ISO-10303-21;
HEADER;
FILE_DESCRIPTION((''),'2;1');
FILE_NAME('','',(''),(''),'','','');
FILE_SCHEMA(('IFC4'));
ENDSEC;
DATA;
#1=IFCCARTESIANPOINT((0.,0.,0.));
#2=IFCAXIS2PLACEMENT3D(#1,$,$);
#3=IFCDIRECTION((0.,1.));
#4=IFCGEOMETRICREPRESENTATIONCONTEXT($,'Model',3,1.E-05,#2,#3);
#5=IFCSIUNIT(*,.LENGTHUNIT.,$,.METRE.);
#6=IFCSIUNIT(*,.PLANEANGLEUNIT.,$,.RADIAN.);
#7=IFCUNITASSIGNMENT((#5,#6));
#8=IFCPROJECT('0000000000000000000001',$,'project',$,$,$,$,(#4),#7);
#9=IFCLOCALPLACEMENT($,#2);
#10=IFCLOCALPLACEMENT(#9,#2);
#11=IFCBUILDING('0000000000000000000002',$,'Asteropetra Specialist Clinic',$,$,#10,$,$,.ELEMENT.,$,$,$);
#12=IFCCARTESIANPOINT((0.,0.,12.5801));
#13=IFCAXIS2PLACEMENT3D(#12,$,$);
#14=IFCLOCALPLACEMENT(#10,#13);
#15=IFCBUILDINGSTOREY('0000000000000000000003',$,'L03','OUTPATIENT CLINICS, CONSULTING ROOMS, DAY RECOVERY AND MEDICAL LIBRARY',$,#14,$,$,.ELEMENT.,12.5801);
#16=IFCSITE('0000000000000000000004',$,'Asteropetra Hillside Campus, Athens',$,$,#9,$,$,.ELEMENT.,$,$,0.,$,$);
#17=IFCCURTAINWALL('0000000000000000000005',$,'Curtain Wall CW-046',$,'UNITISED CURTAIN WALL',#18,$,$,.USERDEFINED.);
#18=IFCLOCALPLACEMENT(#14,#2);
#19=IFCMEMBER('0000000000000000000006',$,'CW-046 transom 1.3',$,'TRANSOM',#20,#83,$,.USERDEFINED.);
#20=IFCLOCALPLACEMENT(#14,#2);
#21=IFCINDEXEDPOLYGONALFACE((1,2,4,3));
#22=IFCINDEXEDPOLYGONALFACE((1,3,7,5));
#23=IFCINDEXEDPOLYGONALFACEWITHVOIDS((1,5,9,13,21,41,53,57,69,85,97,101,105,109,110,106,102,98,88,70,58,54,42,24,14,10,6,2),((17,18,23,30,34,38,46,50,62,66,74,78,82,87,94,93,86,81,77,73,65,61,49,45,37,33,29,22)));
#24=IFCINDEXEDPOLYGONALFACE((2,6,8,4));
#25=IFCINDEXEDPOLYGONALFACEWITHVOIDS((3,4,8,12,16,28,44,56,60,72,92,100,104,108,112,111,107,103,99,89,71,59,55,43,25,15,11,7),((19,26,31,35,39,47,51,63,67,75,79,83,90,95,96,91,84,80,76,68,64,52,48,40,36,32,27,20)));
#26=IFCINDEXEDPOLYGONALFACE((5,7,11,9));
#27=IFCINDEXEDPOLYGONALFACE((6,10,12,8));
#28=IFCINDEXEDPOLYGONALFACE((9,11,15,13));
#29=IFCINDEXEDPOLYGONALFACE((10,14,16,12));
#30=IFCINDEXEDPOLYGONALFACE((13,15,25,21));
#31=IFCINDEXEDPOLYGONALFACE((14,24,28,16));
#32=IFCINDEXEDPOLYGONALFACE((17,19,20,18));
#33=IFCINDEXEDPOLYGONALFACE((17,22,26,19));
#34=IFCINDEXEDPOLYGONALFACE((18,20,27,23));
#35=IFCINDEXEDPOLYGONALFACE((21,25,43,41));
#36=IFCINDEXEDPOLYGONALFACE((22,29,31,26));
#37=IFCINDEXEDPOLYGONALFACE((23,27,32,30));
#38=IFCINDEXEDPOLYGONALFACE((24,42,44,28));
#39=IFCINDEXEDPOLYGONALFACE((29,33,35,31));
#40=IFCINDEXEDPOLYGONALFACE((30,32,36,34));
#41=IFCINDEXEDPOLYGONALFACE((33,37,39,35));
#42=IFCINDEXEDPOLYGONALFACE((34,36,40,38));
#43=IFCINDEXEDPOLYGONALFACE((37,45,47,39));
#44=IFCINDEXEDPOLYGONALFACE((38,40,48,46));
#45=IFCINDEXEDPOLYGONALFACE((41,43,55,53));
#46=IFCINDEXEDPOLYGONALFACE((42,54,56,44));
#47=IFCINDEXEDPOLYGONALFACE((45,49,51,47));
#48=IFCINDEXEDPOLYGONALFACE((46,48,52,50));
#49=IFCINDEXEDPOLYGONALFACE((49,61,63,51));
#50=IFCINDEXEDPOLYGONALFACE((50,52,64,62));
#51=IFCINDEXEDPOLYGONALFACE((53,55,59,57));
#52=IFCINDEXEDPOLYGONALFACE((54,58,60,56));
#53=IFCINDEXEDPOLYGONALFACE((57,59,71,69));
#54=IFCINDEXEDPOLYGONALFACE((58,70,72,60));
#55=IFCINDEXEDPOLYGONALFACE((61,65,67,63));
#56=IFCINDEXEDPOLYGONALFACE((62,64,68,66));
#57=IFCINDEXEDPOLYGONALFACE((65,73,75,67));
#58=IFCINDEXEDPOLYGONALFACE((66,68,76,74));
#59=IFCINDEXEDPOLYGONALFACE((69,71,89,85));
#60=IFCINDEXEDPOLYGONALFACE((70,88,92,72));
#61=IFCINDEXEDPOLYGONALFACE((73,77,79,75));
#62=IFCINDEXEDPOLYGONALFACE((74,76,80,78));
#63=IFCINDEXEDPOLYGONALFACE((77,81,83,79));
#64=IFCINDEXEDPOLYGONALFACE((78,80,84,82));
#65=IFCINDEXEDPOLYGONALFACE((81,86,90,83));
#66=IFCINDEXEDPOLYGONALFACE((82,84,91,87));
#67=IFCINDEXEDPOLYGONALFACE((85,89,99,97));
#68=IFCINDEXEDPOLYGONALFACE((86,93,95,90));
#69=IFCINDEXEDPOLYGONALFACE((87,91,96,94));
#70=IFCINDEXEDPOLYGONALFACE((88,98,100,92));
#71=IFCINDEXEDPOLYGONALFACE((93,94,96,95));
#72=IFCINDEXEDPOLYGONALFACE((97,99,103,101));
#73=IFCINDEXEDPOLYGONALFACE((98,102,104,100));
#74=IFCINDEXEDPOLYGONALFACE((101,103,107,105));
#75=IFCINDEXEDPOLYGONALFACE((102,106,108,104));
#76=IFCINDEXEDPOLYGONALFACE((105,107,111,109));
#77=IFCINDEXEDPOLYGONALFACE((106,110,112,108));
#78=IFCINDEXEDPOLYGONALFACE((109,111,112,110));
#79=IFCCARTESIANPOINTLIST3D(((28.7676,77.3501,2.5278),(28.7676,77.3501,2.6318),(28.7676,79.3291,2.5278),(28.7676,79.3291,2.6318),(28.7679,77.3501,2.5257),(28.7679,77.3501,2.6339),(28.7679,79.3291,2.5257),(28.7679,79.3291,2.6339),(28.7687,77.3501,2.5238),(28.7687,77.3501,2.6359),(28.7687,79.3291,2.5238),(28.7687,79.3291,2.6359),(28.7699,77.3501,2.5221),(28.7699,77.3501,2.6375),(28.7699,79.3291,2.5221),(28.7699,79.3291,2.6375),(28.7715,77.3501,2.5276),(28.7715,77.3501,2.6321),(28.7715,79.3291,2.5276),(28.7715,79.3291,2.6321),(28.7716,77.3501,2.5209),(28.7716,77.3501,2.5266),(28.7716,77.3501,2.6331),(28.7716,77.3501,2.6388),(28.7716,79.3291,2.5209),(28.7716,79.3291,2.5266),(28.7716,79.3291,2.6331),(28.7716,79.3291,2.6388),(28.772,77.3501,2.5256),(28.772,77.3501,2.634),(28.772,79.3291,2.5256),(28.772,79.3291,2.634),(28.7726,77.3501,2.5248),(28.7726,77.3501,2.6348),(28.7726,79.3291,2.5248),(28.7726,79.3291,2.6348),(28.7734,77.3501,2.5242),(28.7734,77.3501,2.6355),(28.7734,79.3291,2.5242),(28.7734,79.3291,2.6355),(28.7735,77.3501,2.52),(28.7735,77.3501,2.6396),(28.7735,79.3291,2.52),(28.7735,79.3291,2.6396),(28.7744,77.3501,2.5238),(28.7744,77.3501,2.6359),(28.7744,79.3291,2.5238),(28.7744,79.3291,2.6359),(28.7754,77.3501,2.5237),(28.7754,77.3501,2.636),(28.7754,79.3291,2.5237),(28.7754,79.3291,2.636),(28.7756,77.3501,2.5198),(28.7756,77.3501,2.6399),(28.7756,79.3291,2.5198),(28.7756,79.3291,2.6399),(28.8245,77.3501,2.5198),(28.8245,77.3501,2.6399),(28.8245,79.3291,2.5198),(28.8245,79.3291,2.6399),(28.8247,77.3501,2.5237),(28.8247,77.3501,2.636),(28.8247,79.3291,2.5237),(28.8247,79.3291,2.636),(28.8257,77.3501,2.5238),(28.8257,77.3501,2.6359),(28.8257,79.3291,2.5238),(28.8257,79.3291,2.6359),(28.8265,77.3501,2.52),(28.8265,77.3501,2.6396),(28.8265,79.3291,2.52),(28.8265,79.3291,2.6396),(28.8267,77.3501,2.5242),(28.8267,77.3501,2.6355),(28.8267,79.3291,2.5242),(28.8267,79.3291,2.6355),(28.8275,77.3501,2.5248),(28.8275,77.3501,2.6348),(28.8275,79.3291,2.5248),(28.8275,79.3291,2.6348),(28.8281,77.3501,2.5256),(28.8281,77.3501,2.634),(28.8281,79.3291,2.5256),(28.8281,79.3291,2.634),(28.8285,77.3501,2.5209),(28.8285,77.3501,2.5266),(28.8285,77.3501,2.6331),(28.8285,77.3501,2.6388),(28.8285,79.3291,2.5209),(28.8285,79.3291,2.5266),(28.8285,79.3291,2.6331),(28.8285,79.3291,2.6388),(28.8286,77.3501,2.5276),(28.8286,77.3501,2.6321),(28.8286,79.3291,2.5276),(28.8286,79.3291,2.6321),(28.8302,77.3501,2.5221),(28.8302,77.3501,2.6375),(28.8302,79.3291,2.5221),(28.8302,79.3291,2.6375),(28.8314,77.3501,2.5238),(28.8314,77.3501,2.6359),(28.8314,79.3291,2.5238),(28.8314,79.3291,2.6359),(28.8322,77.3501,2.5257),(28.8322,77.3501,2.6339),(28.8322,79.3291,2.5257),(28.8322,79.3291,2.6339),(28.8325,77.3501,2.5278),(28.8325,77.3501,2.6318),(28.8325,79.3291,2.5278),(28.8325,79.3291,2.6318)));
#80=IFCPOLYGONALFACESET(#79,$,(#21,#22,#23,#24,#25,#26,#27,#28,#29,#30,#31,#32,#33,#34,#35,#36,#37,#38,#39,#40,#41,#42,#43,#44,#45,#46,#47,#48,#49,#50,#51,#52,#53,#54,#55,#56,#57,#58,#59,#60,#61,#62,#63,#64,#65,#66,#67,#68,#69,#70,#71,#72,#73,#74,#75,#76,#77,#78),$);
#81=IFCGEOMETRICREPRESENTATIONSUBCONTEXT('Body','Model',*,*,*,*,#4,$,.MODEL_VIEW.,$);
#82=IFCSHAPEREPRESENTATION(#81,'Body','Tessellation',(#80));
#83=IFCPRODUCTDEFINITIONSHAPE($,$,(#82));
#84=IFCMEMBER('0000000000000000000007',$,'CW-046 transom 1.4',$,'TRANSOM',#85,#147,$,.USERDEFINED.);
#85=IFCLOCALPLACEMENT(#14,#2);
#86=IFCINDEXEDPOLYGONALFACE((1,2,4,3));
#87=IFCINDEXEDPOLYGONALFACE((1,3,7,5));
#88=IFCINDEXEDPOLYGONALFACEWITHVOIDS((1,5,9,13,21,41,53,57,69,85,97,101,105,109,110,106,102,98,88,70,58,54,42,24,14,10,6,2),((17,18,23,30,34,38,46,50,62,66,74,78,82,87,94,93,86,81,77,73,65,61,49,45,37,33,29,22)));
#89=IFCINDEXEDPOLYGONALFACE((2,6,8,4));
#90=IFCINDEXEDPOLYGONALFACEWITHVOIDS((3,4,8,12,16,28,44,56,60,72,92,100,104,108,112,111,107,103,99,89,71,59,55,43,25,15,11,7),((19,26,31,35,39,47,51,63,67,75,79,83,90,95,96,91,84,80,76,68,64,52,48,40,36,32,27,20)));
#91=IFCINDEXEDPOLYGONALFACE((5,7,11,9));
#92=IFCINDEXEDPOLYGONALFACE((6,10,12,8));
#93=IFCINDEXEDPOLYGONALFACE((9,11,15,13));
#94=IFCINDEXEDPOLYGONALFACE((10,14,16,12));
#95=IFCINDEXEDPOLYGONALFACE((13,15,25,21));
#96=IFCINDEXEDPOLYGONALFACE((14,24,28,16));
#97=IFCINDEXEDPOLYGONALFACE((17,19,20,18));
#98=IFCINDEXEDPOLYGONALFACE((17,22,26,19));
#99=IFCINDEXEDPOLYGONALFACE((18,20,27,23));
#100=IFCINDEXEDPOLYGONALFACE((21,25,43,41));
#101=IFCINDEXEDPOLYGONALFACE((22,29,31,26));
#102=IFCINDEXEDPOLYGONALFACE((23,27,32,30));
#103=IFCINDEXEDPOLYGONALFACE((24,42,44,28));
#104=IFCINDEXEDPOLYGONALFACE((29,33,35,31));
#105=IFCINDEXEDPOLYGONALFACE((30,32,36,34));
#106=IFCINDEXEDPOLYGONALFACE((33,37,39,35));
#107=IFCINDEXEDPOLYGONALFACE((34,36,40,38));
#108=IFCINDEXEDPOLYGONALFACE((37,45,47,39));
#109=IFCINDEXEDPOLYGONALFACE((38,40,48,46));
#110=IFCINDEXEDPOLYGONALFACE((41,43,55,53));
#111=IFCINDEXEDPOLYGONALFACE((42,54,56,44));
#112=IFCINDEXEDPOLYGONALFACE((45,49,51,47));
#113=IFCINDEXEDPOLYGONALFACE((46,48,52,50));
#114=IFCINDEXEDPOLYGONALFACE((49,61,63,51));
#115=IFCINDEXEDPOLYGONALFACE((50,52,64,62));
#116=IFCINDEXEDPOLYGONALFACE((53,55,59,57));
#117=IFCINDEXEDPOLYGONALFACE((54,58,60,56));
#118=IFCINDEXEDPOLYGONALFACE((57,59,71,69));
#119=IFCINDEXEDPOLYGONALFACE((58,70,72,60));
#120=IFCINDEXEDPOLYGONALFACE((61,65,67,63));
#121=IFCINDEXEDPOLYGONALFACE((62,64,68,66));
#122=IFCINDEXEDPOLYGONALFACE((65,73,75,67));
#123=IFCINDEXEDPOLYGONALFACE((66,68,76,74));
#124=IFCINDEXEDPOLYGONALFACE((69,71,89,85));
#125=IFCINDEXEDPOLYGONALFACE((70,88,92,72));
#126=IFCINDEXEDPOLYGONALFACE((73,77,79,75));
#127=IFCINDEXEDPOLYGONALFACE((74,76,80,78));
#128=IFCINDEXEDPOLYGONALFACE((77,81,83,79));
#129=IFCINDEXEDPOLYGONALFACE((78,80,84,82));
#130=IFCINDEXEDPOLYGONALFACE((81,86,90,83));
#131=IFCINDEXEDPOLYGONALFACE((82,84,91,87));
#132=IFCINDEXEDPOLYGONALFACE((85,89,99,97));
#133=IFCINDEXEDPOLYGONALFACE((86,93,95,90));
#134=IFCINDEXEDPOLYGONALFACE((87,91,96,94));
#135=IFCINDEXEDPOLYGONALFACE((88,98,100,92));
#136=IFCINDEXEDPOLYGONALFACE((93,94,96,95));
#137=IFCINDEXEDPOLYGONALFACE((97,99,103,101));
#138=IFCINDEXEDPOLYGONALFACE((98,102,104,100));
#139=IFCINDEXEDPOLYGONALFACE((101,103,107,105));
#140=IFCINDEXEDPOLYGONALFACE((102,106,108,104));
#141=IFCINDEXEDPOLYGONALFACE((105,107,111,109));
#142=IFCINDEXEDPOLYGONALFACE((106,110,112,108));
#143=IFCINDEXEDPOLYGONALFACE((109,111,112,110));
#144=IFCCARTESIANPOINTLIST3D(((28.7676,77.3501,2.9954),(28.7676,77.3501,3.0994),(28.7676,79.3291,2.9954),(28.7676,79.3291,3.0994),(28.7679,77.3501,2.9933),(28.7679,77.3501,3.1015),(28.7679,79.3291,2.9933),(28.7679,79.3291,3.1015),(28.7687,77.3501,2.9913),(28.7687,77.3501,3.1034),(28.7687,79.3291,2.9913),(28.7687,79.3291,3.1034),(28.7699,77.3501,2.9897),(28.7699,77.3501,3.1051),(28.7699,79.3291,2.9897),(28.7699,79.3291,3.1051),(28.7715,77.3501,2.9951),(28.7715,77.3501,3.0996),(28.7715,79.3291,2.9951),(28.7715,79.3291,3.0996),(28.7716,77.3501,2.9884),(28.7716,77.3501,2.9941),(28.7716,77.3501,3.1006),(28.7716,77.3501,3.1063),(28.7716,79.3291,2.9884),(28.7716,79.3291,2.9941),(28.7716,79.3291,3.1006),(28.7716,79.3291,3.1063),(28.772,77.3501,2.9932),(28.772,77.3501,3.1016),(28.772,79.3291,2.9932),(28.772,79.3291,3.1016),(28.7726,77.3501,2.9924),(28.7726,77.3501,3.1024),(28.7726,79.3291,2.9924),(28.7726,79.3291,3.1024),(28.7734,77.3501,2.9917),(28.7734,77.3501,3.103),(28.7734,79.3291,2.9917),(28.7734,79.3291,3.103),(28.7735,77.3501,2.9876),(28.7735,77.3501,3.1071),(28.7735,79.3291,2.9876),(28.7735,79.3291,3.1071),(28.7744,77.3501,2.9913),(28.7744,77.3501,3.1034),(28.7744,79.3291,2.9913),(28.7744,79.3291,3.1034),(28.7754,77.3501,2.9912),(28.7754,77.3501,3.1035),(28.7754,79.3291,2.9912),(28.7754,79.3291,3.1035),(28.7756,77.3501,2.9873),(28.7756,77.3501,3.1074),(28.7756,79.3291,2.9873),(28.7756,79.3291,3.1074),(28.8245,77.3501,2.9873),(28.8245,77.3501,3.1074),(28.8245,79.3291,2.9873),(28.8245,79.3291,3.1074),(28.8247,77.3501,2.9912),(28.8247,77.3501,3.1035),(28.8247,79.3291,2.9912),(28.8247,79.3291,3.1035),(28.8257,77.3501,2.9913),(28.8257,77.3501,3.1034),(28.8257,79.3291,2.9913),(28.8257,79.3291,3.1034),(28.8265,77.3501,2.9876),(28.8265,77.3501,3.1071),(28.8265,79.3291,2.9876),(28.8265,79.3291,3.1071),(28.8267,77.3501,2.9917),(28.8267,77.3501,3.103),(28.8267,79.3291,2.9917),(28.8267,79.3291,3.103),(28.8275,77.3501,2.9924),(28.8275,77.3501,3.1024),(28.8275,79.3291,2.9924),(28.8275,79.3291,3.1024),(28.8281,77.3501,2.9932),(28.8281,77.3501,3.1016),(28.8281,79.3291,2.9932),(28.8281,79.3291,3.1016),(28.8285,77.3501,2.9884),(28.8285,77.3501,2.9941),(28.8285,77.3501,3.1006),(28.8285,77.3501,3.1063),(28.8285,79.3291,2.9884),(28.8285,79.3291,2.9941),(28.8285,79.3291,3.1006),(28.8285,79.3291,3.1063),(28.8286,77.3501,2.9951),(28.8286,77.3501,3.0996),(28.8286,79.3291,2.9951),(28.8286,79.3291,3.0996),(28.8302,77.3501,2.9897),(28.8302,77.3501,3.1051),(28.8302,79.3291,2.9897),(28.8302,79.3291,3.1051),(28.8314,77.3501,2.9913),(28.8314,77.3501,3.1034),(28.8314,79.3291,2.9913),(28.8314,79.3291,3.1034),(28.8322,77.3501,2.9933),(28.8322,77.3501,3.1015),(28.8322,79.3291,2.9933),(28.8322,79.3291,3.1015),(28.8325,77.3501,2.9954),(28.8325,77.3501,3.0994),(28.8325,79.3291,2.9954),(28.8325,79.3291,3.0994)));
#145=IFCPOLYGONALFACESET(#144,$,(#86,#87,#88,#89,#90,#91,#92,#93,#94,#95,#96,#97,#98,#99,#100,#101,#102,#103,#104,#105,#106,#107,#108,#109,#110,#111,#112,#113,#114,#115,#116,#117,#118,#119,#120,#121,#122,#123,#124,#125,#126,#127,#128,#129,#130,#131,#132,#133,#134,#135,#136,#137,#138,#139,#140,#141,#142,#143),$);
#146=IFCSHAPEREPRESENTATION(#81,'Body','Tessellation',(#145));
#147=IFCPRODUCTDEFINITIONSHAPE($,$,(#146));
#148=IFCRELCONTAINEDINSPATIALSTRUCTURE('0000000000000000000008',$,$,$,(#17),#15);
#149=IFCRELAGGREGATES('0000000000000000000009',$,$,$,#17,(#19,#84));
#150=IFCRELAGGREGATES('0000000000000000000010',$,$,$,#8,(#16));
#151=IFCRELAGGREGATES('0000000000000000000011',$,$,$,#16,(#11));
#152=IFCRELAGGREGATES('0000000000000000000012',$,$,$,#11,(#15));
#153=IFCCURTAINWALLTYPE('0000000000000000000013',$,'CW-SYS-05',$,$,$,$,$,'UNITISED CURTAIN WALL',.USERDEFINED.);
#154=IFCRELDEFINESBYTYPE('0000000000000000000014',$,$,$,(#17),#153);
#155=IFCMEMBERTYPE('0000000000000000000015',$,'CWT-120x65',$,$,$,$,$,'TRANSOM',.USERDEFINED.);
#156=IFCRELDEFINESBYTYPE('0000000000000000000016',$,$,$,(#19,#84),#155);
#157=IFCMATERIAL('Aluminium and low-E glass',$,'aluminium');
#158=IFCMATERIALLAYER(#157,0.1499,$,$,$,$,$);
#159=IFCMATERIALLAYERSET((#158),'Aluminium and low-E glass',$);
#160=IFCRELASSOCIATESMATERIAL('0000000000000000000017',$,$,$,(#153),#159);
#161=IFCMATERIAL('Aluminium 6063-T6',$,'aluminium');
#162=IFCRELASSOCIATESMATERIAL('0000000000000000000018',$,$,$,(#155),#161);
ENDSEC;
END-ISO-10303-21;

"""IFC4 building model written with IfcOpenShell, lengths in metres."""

from ifc_helpers import new_model, si_unit, direction, frame, origin, origin_2d, place, context, subcontext, project, spatial, hollow_rectangle, extrude, material, layer, layer_set, material_profile, profile_set, type_object, element, aggregate, save


model = new_model("IFC4")

# Units and contexts
model_context = context("Model", 3, precision=1e-05, world=origin(), true_north=direction((0.0, 1.0)))
body_context = subcontext(model_context, "Body", "Model", "MODEL_VIEW")
ifc_project = project(units=[si_unit("LENGTHUNIT", "METRE"), si_unit("PLANEANGLEUNIT", "RADIAN")], contexts=[model_context])

# Site, building, storey
site_placement = place(None, origin())
site = spatial("IfcSite", under=ifc_project, at=site_placement, Name="Asteropetra Hillside Campus, Athens", CompositionType="ELEMENT", RefElevation=0.0)
building_placement = place(site_placement, origin())
building = spatial("IfcBuilding", under=site, at=building_placement, Name="Asteropetra Specialist Clinic", CompositionType="ELEMENT")
storey_placement = place(building_placement, frame((0.0, 0.0, 12.5801)))
storey = spatial("IfcBuildingStorey", under=building, at=storey_placement, Name="L03", Description="OUTPATIENT CLINICS, CONSULTING ROOMS, DAY RECOVERY AND MEDICAL LIBRARY", CompositionType="ELEMENT", Elevation=12.5801)

# Curtain wall, members
ifc_material_1 = material(Name="Aluminium and low-E glass", Category="aluminium")
ifc_layer_1 = layer(ifc_material_1, 0.1499)
ifc_layer_set_1 = layer_set([ifc_layer_1], Name="Aluminium and low-E glass")
curtain_wall_type = type_object("IfcCurtainWallType", Name="CW-SYS-05", ElementType="UNITISED CURTAIN WALL", PredefinedType="USERDEFINED", material=ifc_layer_set_1)
curtain_wall_placement = place(storey_placement, origin())
curtain_wall = element("IfcCurtainWall", 1, at=curtain_wall_placement, inside=storey, type_object=curtain_wall_type, Name="Curtain Wall CW-046", ObjectType="UNITISED CURTAIN WALL", PredefinedType="USERDEFINED")
ifc_material_2 = material(Name="Aluminium 6063-T6", Category="aluminium")
ifc_material_profile_1 = material_profile(ifc_material_2, hollow_rectangle(XDim=0.0649, YDim=0.1201, WallThickness=0.0039, InnerFilletRadius=0.0039, OuterFilletRadius=0.0081, at=origin_2d()), Name="TRN 120x65x4.0")
ifc_profile_set_1 = profile_set([ifc_material_profile_1], Name="Aluminium 6063-T6")
member_type_1 = type_object("IfcMemberType", Name="CWT-120x65", ElementType="TRANSOM", PredefinedType="USERDEFINED", material=ifc_profile_set_1)
member_1_placement = place(storey_placement, frame((28.8, 77.3501, 2.5798), z_axis=(0.0, 1.0, 0.0), x_axis=(-1.0, 0.0, 0.0)))
member_1 = element("IfcMember", 2, at=member_1_placement, type_object=member_type_1, Name="CW-046 transom 1.3", ObjectType="TRANSOM", PredefinedType="USERDEFINED", context=body_context, shape_type="SweptSolid", body=[
    extrude(hollow_rectangle(XDim=0.0649, YDim=0.1201, WallThickness=0.0039, InnerFilletRadius=0.0039, OuterFilletRadius=0.0081, at=origin_2d()), origin(), (0.0, 0.0, 1.0), 1.979),
])
member_2_placement = place(storey_placement, frame((28.8, 77.3501, 3.0474), z_axis=(0.0, 1.0, 0.0), x_axis=(-1.0, 0.0, 0.0)))
member_2 = element("IfcMember", 3, at=member_2_placement, type_object=member_type_1, Name="CW-046 transom 1.4", ObjectType="TRANSOM", PredefinedType="USERDEFINED", context=body_context, shape_type="SweptSolid", body=[
    extrude(hollow_rectangle(XDim=0.0649, YDim=0.1201, WallThickness=0.0039, InnerFilletRadius=0.0039, OuterFilletRadius=0.0081, at=origin_2d()), origin(), (0.0, 0.0, 1.0), 1.979),
])
aggregate(curtain_wall, [member_1, member_2])

save(model, "model.ifc")
